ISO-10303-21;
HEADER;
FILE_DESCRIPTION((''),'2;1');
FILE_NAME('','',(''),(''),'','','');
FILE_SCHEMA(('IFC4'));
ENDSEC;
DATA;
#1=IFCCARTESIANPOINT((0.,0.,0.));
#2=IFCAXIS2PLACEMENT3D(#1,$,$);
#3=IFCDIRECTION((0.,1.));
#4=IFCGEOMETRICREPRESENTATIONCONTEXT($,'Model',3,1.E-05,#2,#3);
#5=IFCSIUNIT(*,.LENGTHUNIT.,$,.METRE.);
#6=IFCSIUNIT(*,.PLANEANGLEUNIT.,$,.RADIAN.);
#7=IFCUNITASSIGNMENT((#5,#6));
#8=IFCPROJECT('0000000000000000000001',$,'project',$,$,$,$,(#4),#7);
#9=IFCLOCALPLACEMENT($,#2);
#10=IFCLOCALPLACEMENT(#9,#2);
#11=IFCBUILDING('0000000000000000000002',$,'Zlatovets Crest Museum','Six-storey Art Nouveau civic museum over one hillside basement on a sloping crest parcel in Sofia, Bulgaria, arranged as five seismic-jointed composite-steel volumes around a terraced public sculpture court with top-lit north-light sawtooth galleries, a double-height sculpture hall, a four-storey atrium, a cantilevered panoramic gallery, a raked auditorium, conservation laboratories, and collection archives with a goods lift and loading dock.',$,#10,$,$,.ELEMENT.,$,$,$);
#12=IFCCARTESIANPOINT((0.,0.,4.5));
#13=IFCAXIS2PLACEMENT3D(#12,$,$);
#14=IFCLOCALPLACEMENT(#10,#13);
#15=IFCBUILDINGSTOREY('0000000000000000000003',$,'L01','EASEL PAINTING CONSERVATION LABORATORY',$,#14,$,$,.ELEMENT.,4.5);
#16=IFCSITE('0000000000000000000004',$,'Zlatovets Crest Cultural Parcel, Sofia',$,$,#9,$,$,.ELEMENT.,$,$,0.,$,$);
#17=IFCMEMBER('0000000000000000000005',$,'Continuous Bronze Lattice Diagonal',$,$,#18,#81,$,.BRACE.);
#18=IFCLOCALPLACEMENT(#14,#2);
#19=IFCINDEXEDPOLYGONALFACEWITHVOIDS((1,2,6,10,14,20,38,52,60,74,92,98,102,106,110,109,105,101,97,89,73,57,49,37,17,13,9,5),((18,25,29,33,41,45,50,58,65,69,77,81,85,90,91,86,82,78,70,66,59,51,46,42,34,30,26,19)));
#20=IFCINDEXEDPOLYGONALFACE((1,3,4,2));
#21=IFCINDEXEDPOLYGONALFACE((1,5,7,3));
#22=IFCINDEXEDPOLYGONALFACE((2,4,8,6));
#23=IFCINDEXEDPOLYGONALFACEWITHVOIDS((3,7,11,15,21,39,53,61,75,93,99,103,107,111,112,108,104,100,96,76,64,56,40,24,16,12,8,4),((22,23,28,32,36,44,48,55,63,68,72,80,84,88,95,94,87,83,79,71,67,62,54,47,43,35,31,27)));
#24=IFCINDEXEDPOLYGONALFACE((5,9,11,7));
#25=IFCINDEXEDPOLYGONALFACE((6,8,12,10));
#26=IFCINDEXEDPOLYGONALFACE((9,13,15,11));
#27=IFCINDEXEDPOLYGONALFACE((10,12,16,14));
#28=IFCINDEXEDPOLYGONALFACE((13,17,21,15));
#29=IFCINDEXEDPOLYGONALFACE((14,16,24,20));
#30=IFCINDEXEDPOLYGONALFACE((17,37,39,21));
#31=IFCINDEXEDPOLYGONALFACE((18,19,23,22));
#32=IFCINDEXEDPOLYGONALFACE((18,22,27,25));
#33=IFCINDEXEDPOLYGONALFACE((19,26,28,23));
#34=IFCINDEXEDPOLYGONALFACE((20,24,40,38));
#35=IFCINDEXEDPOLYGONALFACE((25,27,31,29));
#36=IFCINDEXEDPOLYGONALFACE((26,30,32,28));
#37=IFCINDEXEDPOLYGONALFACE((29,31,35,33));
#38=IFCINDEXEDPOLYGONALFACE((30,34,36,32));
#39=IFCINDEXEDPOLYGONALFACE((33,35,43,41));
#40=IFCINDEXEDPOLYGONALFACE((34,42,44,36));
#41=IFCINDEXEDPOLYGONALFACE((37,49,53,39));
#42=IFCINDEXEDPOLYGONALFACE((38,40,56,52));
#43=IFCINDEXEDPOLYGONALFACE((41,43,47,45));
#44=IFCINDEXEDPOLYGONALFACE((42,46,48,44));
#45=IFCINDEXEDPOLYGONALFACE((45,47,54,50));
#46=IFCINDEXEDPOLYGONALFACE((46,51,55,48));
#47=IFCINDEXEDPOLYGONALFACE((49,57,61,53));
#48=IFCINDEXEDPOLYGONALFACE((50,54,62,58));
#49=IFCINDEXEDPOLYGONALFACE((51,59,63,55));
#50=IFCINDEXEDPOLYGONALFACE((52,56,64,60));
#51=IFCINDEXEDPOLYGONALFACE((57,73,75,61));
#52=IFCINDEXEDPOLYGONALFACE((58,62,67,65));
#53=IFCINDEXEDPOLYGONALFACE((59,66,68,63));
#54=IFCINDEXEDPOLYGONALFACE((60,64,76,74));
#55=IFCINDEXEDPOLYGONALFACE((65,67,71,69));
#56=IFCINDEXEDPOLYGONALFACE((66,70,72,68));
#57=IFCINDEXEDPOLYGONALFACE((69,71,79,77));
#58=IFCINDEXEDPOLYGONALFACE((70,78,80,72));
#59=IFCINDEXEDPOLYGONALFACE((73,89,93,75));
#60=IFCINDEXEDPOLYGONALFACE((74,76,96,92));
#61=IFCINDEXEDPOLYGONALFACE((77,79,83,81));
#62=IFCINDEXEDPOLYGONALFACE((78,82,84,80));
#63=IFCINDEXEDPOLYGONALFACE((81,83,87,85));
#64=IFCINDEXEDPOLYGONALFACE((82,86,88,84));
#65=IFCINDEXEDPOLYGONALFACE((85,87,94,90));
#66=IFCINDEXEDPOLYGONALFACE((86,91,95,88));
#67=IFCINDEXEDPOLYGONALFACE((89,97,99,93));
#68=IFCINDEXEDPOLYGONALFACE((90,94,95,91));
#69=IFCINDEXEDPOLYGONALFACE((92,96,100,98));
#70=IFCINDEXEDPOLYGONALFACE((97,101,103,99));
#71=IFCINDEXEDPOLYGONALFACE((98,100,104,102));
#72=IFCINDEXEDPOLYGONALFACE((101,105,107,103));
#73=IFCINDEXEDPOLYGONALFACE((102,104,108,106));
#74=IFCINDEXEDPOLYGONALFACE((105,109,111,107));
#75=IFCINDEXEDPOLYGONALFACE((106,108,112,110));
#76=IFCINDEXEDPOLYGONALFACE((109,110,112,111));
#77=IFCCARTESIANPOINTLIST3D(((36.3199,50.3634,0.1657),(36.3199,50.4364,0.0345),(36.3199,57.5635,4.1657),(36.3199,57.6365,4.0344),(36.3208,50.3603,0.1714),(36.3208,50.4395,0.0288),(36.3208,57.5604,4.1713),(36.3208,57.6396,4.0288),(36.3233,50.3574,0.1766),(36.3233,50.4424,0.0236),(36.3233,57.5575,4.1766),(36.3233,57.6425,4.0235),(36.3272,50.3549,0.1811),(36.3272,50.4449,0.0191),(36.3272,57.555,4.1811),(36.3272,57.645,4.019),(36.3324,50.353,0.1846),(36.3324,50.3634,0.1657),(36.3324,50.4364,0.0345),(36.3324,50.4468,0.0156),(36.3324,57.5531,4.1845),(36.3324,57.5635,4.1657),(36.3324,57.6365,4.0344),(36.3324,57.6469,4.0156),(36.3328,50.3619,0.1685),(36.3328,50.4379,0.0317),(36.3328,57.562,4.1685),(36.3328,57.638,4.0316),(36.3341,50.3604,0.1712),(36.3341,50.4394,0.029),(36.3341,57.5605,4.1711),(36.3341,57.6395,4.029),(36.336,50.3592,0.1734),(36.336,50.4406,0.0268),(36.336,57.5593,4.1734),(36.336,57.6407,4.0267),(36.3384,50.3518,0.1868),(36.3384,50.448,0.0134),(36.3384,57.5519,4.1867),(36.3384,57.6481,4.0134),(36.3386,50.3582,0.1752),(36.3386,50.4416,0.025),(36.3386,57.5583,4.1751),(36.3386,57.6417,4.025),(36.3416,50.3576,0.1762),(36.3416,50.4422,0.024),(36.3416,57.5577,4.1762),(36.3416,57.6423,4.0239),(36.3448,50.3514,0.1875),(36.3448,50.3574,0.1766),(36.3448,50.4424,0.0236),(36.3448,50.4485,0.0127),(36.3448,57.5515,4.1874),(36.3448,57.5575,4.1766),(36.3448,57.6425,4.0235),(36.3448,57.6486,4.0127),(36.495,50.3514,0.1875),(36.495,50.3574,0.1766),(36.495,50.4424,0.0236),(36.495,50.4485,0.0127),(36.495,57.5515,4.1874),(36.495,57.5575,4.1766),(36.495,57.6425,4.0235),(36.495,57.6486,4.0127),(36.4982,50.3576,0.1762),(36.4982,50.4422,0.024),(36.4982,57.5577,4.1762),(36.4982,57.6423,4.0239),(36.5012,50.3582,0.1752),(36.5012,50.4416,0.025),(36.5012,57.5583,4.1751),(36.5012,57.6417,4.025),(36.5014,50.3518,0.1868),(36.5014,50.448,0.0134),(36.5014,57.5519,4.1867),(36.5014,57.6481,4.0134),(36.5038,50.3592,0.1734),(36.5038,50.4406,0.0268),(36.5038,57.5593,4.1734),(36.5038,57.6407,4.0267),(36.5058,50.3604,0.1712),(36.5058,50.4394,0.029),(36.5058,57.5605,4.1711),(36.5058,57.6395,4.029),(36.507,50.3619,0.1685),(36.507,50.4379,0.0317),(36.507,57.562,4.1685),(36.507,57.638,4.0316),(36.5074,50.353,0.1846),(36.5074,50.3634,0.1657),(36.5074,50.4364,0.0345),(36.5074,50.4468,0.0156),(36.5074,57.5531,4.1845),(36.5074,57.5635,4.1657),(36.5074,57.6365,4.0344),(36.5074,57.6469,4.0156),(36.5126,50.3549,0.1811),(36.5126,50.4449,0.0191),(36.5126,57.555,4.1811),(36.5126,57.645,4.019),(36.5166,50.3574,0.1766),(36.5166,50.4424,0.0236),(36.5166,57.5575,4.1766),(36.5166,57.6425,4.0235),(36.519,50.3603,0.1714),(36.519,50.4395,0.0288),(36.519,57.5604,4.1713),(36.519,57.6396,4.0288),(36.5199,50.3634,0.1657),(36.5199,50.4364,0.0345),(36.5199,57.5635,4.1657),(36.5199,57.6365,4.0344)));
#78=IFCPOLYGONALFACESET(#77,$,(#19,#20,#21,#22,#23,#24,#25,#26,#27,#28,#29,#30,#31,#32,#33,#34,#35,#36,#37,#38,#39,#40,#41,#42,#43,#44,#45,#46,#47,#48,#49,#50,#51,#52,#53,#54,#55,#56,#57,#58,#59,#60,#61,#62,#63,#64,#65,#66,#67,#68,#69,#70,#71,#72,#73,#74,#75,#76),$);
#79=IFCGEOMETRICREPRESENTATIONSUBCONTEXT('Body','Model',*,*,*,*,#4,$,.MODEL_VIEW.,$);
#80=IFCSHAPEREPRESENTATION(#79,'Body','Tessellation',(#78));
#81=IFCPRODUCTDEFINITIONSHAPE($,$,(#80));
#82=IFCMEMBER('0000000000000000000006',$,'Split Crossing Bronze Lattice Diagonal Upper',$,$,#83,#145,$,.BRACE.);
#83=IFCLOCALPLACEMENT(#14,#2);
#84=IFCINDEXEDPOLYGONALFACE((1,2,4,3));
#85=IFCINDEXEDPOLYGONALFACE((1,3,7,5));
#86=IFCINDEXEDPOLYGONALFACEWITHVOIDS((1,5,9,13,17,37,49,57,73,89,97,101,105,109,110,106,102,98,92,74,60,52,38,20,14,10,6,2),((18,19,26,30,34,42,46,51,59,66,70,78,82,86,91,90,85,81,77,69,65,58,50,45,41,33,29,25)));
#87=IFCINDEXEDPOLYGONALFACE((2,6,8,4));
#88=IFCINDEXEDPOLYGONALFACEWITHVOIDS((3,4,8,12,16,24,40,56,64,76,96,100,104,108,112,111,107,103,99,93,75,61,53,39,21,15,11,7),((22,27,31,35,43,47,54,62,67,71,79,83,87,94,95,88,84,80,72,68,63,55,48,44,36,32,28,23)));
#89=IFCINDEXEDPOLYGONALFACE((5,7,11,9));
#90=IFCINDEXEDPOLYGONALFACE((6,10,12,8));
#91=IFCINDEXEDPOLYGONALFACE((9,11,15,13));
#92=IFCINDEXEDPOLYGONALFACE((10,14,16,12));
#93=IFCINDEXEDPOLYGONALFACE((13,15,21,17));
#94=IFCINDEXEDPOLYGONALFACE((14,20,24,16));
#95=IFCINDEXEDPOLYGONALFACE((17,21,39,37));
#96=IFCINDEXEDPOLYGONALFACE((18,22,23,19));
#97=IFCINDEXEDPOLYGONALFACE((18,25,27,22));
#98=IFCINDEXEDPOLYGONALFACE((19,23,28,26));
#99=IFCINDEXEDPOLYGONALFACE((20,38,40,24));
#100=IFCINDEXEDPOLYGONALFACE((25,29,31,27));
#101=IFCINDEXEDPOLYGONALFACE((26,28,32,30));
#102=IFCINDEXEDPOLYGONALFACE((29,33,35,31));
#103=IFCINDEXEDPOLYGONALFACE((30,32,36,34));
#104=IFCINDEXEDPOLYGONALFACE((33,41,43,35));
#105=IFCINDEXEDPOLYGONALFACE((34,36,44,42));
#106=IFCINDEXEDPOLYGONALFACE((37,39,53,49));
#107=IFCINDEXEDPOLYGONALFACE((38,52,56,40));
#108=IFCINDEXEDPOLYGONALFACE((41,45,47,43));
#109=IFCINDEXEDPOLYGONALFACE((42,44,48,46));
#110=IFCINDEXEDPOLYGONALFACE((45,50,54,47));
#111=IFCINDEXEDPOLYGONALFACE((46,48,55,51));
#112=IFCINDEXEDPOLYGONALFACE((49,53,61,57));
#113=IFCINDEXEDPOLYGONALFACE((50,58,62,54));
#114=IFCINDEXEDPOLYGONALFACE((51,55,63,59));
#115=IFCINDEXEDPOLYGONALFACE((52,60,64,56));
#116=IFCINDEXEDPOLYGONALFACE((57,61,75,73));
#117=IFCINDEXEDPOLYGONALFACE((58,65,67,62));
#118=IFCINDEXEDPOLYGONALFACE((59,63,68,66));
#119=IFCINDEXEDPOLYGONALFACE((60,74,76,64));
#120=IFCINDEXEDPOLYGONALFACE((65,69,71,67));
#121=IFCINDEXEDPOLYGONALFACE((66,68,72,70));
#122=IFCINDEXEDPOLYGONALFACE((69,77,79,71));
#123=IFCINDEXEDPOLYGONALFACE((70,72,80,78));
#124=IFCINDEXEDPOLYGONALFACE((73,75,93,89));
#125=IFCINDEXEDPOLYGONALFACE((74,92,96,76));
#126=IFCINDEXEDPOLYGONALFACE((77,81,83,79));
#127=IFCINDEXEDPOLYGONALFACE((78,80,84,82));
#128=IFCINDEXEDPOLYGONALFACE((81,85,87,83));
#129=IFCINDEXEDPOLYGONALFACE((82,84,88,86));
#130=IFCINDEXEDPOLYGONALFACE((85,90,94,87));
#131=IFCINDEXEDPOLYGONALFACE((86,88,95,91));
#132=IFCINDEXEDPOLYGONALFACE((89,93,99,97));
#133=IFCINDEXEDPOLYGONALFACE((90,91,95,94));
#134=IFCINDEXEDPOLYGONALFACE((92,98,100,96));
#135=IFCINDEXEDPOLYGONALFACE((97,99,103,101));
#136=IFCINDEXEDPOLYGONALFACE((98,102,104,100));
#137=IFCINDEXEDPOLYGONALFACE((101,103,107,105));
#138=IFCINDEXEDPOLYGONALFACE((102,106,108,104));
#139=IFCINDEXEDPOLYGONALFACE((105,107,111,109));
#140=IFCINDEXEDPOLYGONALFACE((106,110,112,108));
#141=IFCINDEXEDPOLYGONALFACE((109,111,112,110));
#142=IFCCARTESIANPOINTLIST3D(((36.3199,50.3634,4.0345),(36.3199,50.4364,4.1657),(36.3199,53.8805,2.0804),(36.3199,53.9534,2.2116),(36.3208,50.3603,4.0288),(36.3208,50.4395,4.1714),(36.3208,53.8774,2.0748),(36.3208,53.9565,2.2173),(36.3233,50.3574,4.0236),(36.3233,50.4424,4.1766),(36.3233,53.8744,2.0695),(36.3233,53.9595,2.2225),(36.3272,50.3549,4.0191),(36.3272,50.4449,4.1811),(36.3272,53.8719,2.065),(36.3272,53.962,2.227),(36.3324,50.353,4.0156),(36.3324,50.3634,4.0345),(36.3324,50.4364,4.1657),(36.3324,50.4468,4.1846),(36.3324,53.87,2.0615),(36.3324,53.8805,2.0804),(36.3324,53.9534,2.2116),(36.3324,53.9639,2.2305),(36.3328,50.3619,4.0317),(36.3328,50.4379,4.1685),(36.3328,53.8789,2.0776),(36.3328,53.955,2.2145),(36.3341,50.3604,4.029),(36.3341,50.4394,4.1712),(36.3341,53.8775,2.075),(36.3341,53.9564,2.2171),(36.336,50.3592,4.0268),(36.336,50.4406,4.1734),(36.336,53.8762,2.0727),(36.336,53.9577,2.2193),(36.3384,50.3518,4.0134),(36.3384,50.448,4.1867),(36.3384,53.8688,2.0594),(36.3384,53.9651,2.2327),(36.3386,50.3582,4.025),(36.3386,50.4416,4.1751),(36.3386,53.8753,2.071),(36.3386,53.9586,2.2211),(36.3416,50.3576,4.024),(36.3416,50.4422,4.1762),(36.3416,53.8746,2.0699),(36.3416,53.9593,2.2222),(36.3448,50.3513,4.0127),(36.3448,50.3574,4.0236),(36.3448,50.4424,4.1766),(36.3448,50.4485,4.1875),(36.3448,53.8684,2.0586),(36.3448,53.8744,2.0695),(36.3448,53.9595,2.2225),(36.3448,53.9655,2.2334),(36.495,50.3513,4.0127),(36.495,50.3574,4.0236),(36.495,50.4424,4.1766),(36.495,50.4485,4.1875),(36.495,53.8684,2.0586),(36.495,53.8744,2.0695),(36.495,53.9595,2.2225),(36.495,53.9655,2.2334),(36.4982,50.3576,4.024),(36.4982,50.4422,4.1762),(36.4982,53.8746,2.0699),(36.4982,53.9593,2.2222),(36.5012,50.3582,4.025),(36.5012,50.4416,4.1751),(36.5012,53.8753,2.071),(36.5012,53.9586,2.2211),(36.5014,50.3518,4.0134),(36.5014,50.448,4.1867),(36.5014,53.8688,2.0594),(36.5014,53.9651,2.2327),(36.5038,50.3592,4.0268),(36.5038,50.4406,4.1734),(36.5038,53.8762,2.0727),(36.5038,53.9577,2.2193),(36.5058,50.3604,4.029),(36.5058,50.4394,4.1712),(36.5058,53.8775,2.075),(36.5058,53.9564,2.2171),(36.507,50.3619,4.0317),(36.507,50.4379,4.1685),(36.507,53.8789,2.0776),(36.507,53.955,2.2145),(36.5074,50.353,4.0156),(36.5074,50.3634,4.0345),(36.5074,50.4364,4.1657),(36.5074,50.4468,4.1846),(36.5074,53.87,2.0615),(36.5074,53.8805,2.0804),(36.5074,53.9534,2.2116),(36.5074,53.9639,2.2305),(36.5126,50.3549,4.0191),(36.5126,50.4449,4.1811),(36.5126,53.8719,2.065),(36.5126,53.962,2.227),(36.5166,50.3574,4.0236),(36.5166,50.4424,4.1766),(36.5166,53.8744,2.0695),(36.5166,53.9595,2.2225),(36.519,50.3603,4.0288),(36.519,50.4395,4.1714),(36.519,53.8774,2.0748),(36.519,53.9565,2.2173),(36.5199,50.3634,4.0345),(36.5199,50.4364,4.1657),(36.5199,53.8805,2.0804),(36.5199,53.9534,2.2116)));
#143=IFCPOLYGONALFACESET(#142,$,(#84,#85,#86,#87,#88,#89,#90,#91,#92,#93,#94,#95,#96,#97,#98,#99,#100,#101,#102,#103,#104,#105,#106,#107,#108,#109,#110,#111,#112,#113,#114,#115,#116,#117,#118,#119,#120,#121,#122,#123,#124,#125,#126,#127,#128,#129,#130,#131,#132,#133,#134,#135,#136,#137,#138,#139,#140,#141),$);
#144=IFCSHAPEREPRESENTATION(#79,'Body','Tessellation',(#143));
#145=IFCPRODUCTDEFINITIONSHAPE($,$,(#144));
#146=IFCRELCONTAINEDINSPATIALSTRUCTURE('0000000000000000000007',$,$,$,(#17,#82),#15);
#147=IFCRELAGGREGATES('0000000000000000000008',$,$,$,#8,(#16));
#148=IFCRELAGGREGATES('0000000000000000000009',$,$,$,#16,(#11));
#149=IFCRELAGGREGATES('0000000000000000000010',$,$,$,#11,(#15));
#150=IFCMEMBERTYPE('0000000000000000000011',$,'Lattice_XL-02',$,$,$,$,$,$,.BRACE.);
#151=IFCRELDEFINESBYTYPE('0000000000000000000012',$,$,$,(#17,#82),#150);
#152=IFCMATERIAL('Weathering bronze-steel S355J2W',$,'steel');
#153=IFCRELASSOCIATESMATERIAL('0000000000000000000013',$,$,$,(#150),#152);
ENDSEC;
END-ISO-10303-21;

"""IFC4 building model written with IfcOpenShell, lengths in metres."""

from ifc_helpers import new_model, si_unit, direction, frame, origin, origin_2d, place, context, subcontext, project, spatial, hollow_rectangle, extrude, material, material_profile, profile_set, type_object, element, save


model = new_model("IFC4")

# Units and contexts
model_context = context("Model", 3, precision=1e-05, world=origin(), true_north=direction((0.0, 1.0)))
body_context = subcontext(model_context, "Body", "Model", "MODEL_VIEW")
ifc_project = project(units=[si_unit("LENGTHUNIT", "METRE"), si_unit("PLANEANGLEUNIT", "RADIAN")], contexts=[model_context])

# Site, building, storey
site_placement = place(None, origin())
site = spatial("IfcSite", under=ifc_project, at=site_placement, Name="Zlatovets Crest Cultural Parcel, Sofia", CompositionType="ELEMENT", RefElevation=0.0)
building_placement = place(site_placement, origin())
building = spatial("IfcBuilding", under=site, at=building_placement, Name="Zlatovets Crest Museum", Description="Six-storey Art Nouveau civic museum over one hillside basement on a sloping crest parcel in Sofia, Bulgaria, arranged as five seismic-jointed composite-steel volumes around a terraced public sculpture court with top-lit north-light sawtooth galleries, a double-height sculpture hall, a four-storey atrium, a cantilevered panoramic gallery, a raked auditorium, conservation laboratories, and collection archives with a goods lift and loading dock.", CompositionType="ELEMENT")
storey_placement = place(building_placement, frame((0.0, 0.0, 4.5)))
storey = spatial("IfcBuildingStorey", under=building, at=storey_placement, Name="L01", Description="EASEL PAINTING CONSERVATION LABORATORY", CompositionType="ELEMENT", Elevation=4.5)

# Members
ifc_material_1 = material(Name="Weathering bronze-steel S355J2W", Category="steel")
ifc_material_profile_1 = material_profile(ifc_material_1, hollow_rectangle(XDim=0.2, YDim=0.2, WallThickness=0.0125, InnerFilletRadius=0.0125, OuterFilletRadius=0.0249, at=origin_2d()), Name="SHS 200x200x12.5")
ifc_profile_set_1 = profile_set([ifc_material_profile_1], Name="Weathering bronze-steel S355J2W")
member_type_1 = type_object("IfcMemberType", Name="Lattice_XL-02", PredefinedType="BRACE", material=ifc_profile_set_1)
member_1_placement = place(storey_placement, frame((36.4199, 50.3999, 0.1001), z_axis=(0.0, 0.874163, 0.485633), x_axis=(-1.0, 0.0, 0.0)))
element("IfcMember", 1, at=member_1_placement, inside=storey, type_object=member_type_1, Name="Continuous Bronze Lattice Diagonal", PredefinedType="BRACE", context=body_context, shape_type="SweptSolid", body=[
    extrude(hollow_rectangle(XDim=0.2, YDim=0.2, WallThickness=0.0125, InnerFilletRadius=0.0125, OuterFilletRadius=0.0249, at=origin_2d()), origin(), (0.0, 0.0, 1.0), 8.2366),
])
for number, where, z_axis, x_axis, name in (
    (2, (36.4199, 50.3999, 4.1001), (0.0, 0.87414, -0.485674), (-1.0, 0.0, 0.0), "Split Crossing Bronze Lattice Diagonal Upper"),
):
    element("IfcMember", number, at=place(storey_placement, frame(where, z_axis=z_axis, x_axis=x_axis)), inside=storey, type_object=member_type_1, Name=name, PredefinedType="BRACE", context=body_context, shape_type="SweptSolid", body=[
        extrude(hollow_rectangle(XDim=0.2, YDim=0.2, WallThickness=0.0125, InnerFilletRadius=0.0125, OuterFilletRadius=0.0249, at=origin_2d()), origin(), (0.0, 0.0, 1.0), 4.0234),
    ])

save(model, "model.ifc")
